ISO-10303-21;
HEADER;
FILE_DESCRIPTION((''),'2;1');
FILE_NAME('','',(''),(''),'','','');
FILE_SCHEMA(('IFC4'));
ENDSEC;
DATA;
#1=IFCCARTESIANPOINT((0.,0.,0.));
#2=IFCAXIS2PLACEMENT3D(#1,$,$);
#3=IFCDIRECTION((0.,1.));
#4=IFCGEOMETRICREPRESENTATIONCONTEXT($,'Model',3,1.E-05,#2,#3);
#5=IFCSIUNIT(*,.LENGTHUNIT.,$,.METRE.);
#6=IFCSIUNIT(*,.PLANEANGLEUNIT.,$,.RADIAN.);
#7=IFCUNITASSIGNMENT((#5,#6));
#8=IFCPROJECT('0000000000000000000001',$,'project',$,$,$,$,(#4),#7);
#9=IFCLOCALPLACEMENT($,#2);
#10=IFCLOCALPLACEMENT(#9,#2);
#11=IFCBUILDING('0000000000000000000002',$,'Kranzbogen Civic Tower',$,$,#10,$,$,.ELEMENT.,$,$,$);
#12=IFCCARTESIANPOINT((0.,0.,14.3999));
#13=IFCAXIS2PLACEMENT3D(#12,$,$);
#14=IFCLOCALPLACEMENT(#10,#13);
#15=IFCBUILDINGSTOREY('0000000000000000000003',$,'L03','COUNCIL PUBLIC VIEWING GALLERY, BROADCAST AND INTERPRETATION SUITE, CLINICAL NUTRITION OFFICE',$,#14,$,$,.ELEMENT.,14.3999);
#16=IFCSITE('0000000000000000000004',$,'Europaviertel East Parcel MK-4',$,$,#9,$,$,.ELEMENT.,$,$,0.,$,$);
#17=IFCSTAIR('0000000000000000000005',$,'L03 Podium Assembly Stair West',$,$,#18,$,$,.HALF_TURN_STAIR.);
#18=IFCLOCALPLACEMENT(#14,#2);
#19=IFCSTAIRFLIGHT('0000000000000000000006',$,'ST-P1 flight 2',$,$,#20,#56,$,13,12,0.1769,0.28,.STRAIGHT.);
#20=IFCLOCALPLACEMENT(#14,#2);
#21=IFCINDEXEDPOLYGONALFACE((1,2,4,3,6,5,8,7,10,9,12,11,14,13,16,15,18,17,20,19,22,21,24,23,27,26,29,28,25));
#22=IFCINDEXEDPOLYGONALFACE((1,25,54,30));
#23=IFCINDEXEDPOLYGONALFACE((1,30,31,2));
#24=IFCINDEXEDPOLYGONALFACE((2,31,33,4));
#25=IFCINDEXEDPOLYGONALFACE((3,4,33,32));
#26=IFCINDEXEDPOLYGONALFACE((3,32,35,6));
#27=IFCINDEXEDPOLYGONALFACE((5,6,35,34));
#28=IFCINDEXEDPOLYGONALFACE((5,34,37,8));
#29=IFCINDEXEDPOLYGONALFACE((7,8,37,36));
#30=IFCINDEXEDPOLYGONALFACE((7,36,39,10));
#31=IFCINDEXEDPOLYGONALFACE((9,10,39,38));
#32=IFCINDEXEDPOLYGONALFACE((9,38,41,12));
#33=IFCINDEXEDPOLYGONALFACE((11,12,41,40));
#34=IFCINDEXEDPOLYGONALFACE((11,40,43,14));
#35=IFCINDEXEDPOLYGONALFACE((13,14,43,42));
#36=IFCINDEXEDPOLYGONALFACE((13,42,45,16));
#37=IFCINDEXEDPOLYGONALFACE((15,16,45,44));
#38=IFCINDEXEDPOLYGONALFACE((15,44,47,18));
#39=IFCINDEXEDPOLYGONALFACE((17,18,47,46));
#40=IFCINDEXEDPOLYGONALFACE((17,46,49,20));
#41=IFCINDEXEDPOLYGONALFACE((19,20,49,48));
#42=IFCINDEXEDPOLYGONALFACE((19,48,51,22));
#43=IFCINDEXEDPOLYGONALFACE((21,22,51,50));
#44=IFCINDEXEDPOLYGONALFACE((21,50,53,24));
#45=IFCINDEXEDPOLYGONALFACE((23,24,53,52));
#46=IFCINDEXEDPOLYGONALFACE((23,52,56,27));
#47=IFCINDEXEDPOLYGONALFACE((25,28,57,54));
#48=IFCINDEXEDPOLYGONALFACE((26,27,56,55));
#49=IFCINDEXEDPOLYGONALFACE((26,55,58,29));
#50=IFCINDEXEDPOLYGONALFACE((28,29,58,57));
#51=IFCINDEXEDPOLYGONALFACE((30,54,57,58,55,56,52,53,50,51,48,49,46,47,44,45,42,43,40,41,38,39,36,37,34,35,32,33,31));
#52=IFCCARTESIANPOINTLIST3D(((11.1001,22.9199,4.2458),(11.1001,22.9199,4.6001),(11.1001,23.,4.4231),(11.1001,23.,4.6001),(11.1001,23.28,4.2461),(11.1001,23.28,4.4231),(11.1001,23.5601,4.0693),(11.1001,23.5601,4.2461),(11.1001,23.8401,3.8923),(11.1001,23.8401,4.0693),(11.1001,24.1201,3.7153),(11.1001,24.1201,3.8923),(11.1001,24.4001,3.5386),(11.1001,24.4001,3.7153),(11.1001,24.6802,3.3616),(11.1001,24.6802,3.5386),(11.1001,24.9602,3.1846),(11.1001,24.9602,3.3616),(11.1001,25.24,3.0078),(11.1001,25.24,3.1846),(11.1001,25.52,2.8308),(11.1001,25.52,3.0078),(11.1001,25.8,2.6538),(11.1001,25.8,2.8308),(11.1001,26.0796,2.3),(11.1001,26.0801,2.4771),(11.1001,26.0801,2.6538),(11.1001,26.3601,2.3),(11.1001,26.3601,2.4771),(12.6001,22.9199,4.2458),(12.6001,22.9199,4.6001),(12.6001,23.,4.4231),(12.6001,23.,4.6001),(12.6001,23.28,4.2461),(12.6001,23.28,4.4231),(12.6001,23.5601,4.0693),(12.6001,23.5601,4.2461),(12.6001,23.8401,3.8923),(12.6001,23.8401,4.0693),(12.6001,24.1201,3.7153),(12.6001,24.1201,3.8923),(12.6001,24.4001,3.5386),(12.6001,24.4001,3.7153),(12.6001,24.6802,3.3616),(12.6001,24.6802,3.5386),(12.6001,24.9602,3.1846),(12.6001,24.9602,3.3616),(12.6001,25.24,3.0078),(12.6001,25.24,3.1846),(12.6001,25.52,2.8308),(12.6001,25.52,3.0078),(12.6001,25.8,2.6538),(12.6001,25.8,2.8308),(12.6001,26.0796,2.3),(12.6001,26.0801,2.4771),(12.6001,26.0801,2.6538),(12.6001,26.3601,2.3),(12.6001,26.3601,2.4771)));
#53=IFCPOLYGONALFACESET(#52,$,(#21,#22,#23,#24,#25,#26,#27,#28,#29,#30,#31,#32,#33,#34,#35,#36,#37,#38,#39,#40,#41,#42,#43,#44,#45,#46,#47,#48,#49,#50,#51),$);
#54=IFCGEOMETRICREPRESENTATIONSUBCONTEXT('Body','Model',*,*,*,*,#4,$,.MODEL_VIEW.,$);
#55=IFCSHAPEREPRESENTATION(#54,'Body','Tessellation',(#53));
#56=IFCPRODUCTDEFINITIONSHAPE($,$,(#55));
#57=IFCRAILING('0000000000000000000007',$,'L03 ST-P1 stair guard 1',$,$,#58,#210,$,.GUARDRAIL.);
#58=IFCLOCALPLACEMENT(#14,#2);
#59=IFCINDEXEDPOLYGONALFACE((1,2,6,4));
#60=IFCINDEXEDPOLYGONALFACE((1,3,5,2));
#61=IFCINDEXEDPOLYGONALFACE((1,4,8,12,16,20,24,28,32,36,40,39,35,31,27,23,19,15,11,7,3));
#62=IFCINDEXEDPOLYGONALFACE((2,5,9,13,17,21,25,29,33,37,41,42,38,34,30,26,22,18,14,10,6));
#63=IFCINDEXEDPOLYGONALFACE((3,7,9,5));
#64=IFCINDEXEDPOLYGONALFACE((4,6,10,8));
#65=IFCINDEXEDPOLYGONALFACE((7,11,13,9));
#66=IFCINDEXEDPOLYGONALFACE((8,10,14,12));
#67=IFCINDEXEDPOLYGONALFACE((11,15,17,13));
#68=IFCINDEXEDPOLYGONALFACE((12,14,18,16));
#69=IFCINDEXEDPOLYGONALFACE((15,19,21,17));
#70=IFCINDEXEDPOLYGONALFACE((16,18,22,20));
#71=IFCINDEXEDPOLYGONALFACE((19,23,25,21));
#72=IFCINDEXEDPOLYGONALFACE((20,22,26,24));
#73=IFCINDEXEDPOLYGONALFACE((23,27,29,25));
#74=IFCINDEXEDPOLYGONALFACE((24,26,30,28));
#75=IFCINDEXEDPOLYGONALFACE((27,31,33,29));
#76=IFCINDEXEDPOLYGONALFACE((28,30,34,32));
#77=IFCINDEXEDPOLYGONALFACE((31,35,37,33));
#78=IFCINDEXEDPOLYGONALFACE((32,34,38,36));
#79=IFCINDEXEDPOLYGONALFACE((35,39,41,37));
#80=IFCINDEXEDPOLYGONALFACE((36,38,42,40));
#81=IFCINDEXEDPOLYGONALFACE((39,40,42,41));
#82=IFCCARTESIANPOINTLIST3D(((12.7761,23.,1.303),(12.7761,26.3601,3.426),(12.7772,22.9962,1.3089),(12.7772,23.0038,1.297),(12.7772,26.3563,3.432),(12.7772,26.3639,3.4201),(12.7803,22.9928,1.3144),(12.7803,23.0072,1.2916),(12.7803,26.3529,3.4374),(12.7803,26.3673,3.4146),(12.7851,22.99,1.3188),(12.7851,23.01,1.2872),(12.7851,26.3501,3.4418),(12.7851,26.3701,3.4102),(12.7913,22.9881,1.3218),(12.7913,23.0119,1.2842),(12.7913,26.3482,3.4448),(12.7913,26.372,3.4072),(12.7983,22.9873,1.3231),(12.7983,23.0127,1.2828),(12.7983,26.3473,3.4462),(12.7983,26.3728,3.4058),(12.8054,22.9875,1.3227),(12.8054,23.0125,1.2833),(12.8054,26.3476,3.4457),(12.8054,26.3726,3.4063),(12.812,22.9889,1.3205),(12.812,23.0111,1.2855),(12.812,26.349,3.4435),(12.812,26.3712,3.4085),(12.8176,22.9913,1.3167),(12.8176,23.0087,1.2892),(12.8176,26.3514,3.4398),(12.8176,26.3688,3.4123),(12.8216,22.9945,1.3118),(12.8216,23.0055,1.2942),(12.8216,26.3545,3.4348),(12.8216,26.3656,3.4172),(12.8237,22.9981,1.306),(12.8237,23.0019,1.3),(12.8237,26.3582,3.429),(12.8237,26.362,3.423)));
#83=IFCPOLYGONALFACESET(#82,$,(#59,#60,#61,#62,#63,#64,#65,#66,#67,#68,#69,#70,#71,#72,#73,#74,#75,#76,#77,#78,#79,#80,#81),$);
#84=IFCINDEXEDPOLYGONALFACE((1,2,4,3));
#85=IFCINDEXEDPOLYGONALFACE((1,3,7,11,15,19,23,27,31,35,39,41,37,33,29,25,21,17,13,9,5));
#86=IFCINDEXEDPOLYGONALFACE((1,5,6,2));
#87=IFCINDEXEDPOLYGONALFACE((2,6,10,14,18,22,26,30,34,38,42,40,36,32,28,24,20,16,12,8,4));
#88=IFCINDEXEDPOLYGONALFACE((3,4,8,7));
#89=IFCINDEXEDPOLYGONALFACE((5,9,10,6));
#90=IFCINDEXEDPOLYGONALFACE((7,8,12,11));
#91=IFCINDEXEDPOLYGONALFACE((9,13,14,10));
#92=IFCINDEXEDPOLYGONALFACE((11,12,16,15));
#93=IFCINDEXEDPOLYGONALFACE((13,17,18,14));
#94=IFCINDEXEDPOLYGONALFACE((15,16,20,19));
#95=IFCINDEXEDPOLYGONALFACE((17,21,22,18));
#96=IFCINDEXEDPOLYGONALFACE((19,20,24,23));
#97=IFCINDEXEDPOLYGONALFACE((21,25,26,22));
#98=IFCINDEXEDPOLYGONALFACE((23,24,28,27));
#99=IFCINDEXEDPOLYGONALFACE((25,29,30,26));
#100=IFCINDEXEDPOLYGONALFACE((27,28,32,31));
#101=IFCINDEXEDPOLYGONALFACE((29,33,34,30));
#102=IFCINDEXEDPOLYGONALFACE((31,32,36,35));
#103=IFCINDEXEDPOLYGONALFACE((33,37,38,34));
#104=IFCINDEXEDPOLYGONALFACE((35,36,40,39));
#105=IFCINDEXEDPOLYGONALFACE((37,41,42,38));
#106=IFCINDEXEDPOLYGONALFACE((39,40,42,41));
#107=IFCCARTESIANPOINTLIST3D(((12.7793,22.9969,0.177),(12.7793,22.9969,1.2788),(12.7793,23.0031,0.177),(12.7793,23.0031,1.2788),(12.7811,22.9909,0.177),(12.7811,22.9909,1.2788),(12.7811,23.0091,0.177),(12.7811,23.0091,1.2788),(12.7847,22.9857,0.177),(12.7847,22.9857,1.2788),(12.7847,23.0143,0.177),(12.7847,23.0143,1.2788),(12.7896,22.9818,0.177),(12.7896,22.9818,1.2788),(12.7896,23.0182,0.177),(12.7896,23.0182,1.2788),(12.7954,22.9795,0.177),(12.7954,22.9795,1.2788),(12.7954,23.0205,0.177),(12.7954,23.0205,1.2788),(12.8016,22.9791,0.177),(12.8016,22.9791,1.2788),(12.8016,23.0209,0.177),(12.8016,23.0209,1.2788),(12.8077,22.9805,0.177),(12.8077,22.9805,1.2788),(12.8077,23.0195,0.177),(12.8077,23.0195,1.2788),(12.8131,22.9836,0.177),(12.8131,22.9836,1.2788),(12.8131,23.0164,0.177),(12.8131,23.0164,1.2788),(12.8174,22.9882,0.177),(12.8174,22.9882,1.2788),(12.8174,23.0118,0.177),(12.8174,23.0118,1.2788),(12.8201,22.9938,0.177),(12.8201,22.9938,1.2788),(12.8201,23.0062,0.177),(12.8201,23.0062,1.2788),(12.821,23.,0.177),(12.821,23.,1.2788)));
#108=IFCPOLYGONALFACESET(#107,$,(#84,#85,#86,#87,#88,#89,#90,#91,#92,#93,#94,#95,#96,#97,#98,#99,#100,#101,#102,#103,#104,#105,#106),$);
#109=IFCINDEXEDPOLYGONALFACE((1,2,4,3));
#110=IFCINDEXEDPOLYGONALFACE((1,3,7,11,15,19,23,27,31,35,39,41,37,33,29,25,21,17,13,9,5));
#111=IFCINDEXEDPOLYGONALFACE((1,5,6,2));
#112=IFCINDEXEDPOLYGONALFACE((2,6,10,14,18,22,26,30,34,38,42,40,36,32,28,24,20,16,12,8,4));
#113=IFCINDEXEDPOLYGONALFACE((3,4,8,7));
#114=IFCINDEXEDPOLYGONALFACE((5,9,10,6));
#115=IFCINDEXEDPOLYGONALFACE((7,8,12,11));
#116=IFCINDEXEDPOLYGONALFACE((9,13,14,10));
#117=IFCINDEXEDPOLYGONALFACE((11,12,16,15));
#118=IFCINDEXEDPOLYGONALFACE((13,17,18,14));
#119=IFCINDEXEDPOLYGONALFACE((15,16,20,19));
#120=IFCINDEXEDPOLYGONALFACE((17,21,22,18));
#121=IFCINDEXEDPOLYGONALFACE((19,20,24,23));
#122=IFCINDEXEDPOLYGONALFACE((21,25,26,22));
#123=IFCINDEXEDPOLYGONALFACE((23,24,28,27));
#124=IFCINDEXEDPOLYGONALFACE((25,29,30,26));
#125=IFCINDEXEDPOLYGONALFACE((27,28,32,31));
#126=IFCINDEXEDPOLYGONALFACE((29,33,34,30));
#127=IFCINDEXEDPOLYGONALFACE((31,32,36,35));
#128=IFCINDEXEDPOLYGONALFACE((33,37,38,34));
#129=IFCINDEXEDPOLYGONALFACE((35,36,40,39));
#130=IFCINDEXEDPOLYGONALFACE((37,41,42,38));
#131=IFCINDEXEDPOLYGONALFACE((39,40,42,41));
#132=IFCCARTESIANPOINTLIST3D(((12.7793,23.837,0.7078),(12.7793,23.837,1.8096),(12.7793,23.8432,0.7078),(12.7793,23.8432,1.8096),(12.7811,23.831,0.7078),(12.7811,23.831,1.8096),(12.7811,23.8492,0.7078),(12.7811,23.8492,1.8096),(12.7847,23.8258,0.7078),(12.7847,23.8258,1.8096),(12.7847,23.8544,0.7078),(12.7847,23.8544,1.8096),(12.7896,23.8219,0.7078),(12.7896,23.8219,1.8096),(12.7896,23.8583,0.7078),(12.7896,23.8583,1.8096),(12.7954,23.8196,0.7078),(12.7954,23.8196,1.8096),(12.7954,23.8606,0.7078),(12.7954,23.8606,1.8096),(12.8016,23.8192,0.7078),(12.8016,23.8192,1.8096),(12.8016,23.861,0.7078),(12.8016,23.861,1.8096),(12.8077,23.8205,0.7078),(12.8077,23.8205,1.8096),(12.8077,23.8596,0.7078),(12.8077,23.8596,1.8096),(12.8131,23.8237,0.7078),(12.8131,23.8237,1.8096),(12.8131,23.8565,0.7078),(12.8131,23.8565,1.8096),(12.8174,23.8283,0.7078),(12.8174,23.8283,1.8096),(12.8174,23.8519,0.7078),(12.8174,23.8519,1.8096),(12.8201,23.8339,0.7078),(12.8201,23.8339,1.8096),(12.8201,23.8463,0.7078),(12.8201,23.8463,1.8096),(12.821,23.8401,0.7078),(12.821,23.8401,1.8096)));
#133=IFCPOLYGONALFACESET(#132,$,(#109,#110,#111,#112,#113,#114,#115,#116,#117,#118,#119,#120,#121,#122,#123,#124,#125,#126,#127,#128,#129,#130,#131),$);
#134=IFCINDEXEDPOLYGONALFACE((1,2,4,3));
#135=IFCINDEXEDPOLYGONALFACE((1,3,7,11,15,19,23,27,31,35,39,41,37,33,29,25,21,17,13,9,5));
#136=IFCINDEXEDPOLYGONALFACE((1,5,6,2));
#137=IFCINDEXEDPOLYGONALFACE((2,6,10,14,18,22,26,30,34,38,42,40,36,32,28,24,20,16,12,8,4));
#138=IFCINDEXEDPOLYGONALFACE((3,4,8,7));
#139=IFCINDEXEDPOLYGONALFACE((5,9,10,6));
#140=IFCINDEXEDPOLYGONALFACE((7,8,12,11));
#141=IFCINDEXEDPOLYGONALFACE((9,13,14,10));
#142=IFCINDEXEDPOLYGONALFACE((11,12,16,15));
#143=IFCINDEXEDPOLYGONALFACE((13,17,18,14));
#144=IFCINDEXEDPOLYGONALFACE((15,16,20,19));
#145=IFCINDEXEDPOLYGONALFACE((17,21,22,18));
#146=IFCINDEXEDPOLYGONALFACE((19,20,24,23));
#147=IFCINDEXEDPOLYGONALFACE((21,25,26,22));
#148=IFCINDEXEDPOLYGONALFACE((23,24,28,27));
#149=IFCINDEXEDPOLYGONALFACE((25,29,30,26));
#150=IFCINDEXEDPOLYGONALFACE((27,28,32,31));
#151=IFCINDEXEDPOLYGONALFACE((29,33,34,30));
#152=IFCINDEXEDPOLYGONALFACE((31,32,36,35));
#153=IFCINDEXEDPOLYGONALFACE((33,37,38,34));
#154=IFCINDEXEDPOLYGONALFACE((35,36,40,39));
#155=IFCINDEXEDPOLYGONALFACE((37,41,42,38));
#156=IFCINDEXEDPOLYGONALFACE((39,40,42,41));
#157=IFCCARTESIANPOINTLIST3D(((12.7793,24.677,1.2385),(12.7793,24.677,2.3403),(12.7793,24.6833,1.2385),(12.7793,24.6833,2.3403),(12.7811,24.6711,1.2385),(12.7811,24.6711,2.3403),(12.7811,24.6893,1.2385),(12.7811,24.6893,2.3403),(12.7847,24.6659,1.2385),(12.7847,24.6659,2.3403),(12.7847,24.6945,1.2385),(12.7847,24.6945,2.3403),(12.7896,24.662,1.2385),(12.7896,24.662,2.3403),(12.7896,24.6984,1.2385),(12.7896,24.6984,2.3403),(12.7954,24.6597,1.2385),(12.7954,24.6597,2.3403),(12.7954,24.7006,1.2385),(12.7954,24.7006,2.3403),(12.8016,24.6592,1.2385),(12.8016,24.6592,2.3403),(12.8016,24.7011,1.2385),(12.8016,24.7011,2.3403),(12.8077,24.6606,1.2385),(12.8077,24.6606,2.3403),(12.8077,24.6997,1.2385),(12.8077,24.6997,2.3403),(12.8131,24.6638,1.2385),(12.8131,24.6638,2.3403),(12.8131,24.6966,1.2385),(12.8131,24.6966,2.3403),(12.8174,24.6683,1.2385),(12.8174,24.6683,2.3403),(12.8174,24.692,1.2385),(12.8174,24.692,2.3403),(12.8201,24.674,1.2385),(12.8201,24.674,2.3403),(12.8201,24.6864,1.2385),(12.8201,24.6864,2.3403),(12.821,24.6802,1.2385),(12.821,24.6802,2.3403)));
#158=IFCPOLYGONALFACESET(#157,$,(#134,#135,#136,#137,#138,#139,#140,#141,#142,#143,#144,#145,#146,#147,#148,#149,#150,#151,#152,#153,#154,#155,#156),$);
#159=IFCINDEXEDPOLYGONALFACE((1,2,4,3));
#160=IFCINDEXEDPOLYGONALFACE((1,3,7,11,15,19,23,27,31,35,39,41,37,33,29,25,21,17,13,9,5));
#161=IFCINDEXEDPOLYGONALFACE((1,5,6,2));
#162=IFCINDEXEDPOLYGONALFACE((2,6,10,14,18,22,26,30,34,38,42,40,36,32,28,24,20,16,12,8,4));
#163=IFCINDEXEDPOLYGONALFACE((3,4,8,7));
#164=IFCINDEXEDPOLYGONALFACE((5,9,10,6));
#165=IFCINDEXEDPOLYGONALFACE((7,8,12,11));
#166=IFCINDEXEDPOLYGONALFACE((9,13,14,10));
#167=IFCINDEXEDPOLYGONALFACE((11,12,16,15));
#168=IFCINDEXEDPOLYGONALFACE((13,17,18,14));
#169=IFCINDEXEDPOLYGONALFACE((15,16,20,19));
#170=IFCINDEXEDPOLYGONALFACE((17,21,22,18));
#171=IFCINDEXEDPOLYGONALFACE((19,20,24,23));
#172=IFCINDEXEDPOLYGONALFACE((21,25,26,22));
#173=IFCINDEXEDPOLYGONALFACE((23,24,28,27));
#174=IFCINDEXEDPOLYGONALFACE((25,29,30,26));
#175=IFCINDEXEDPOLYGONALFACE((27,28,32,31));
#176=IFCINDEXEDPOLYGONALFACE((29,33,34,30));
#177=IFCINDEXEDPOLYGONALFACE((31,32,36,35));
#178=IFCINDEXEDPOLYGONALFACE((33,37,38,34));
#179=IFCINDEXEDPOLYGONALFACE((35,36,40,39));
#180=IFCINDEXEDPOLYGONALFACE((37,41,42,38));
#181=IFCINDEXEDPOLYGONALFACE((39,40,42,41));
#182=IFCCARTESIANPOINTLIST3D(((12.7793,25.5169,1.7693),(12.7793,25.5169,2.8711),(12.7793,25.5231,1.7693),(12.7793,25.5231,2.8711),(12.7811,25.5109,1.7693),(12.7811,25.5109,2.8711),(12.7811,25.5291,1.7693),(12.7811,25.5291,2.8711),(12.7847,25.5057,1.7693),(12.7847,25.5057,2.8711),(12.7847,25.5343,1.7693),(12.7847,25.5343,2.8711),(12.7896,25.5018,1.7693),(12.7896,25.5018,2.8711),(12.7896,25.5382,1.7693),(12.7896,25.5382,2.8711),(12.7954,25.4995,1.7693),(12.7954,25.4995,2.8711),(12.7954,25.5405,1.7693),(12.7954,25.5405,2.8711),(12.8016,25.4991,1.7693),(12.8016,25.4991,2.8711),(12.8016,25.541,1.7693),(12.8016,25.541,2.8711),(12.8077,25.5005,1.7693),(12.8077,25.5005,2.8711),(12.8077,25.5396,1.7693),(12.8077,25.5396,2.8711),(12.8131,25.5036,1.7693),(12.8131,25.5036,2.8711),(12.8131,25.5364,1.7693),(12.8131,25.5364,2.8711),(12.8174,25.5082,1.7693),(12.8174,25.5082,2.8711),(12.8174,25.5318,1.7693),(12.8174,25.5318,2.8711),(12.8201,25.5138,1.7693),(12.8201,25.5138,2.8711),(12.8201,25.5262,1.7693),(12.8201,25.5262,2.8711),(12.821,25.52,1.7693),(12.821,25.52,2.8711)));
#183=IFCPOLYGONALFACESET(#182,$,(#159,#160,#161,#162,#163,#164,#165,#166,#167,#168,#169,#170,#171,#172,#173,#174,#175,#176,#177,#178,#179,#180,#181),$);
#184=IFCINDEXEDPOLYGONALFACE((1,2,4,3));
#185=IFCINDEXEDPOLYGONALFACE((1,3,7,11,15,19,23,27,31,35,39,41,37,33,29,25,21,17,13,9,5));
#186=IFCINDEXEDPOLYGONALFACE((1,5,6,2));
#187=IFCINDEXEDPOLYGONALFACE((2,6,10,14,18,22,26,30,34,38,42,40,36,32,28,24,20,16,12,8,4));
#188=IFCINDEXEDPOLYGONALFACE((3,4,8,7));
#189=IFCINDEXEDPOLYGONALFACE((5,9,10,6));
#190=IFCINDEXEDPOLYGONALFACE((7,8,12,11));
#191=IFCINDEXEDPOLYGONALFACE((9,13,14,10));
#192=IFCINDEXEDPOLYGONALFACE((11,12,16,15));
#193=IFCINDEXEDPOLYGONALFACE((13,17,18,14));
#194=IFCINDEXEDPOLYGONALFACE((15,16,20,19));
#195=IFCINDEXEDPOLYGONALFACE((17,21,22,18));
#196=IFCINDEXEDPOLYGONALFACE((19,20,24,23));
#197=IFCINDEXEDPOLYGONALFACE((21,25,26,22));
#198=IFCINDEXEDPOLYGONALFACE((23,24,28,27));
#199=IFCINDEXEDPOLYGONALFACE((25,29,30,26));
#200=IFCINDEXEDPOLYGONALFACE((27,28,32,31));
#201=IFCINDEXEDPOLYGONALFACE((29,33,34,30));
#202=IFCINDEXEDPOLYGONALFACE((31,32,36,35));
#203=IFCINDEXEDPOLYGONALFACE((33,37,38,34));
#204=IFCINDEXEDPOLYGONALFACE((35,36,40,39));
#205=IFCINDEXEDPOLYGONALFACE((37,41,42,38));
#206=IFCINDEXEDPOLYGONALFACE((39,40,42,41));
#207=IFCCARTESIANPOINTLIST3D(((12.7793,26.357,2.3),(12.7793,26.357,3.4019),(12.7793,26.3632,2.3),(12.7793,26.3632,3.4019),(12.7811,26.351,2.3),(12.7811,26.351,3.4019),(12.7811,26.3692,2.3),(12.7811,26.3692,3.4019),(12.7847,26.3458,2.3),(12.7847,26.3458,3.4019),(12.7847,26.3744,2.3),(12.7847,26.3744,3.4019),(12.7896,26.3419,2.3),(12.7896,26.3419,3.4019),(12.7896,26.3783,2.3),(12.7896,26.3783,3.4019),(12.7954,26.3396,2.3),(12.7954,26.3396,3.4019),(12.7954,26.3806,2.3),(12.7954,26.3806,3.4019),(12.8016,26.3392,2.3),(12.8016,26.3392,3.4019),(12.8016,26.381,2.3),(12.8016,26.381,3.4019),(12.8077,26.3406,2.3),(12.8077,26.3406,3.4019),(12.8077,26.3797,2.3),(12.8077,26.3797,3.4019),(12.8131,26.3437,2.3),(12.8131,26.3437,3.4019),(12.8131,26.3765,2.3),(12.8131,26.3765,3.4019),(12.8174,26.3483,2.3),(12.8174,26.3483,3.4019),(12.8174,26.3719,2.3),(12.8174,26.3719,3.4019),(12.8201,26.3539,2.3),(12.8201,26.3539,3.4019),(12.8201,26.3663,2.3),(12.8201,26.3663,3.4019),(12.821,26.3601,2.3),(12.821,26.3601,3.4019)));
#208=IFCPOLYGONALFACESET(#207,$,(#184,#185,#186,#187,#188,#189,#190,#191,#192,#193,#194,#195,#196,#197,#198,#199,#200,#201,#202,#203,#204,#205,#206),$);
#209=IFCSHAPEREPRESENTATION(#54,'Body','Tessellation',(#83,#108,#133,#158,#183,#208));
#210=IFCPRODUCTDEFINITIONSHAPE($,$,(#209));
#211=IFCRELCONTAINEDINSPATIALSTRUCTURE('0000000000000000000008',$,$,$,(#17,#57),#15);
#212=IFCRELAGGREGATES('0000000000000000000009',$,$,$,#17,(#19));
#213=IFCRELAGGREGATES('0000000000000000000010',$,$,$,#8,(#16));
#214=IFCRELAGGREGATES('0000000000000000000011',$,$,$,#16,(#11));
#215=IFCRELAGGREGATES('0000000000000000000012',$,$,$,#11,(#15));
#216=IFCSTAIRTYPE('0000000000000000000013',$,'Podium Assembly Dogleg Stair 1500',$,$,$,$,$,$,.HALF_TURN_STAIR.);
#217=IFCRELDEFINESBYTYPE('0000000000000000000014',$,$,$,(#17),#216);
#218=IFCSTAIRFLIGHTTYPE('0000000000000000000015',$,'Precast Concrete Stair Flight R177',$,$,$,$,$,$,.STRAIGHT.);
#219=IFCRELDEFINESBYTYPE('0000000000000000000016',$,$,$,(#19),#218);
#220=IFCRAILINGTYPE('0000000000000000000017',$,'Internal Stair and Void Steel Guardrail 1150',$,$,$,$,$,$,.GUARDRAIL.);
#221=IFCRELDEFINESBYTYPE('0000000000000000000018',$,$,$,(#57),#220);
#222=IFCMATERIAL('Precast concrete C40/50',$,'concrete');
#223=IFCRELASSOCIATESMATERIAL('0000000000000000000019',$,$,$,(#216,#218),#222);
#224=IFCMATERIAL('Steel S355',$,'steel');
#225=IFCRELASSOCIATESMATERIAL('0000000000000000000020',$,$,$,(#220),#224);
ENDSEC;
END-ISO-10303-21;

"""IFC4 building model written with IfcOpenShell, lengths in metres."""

from ifc_helpers import new_model, si_unit, direction, frame, origin, origin_2d, place, context, subcontext, project, spatial, polyline, circle, outline, extrude, material, type_object, element, aggregate, save


model = new_model("IFC4")

# Units and contexts
model_context = context("Model", 3, precision=1e-05, world=origin(), true_north=direction((0.0, 1.0)))
body_context = subcontext(model_context, "Body", "Model", "MODEL_VIEW")
ifc_project = project(units=[si_unit("LENGTHUNIT", "METRE"), si_unit("PLANEANGLEUNIT", "RADIAN")], contexts=[model_context])

# Site, building, storey
site_placement = place(None, origin())
site = spatial("IfcSite", under=ifc_project, at=site_placement, Name="Europaviertel East Parcel MK-4", CompositionType="ELEMENT", RefElevation=0.0)
building_placement = place(site_placement, origin())
building = spatial("IfcBuilding", under=site, at=building_placement, Name="Kranzbogen Civic Tower", CompositionType="ELEMENT")
storey_placement = place(building_placement, frame((0.0, 0.0, 14.3999)))
storey = spatial("IfcBuildingStorey", under=building, at=storey_placement, Name="L03", Description="COUNCIL PUBLIC VIEWING GALLERY, BROADCAST AND INTERPRETATION SUITE, CLINICAL NUTRITION OFFICE", CompositionType="ELEMENT", Elevation=14.3999)

# Shared definitions
ifc_material_1 = material(Name="Steel S355", Category="steel")

# Stair, stair flight
ifc_material_2 = material(Name="Precast concrete C40/50", Category="concrete")
stair_type = type_object("IfcStairType", Name="Podium Assembly Dogleg Stair 1500", PredefinedType="HALF_TURN_STAIR", material=ifc_material_2)
stair_placement = place(storey_placement, origin())
stair = element("IfcStair", 1, at=stair_placement, inside=storey, type_object=stair_type, Name="L03 Podium Assembly Stair West", PredefinedType="HALF_TURN_STAIR")
stair_flight_type = type_object("IfcStairFlightType", Name="Precast Concrete Stair Flight R177", PredefinedType="STRAIGHT", material=ifc_material_2)
stair_flight_1_placement = place(storey_placement, frame((11.8501, 26.3601, 2.3), z_axis=(0.0, 0.0, 1.0), x_axis=(0.0, -1.0, 0.0)))
stair_flight_1 = element("IfcStairFlight", 2, at=stair_flight_1_placement, type_object=stair_flight_type, Name="ST-P1 flight 2", NumberOfRisers=13, NumberOfTreads=12, PredefinedType="STRAIGHT", RiserHeight=0.1769, TreadLength=0.28, context=body_context, shape_type="SweptSolid", body=[
    extrude(outline(polyline([(0.0, 0.0), (0.0, 0.177), (0.28, 0.177), (0.28, 0.3538), (0.5601, 0.3538), (0.5601, 0.5308), (0.8401, 0.5308), (0.8401, 0.7078), (1.1201, 0.7078), (1.1201, 0.8845), (1.3999, 0.8845), (1.3999, 1.0615), (1.6799, 1.0615), (1.6799, 1.2385), (1.96, 1.2385), (1.96, 1.4153), (2.24, 1.4153), (2.24, 1.5923), (2.52, 1.5923), (2.52, 1.7693), (2.8, 1.7693), (2.8, 1.946), (3.0801, 1.946), (3.0801, 2.123), (3.3601, 2.123), (3.3601, 2.3), (3.4402, 2.3), (3.4402, 1.9458), (0.2805, 0.0), (0.0, 0.0)])), frame((0.0, 0.75, 0.0), z_axis=(0.0, -1.0, 0.0), x_axis=(1.0, 0.0, 0.0)), (0.0, 0.0, 1.0), 1.5),
])
aggregate(stair, [stair_flight_1])

# Railing
railing_type_1 = type_object("IfcRailingType", Name="Internal Stair and Void Steel Guardrail 1150", PredefinedType="GUARDRAIL", material=ifc_material_1)
railing_1_placement = place(storey_placement, frame((12.8, 23.0, 0.177)))
element("IfcRailing", 3, at=railing_1_placement, inside=storey, type_object=railing_type_1, Name="L03 ST-P1 stair guard 1", PredefinedType="GUARDRAIL", context=body_context, shape_type="SweptSolid", body=[
    extrude(circle(Radius=0.0239, at=origin_2d()), frame((0.0, 0.0, 1.126), z_axis=(0.0, 0.84539, 0.53415), x_axis=(-1.0, 0.0, 0.0)), (0.0, 0.0, 1.0), 3.9746),
    extrude(circle(Radius=0.021, at=origin_2d()), origin(), (0.0, 0.0, 1.0), 1.1018),
    extrude(circle(Radius=0.021, at=origin_2d()), frame((0.0, 0.8401, 0.5308)), (0.0, 0.0, 1.0), 1.1018),
    extrude(circle(Radius=0.021, at=origin_2d()), frame((0.0, 1.6802, 1.0615)), (0.0, 0.0, 1.0), 1.1018),
    extrude(circle(Radius=0.021, at=origin_2d()), frame((0.0, 2.52, 1.5923)), (0.0, 0.0, 1.0), 1.1018),
    extrude(circle(Radius=0.021, at=origin_2d()), frame((0.0, 3.3601, 2.123)), (0.0, 0.0, 1.0), 1.1018),
])

save(model, "model.ifc")
